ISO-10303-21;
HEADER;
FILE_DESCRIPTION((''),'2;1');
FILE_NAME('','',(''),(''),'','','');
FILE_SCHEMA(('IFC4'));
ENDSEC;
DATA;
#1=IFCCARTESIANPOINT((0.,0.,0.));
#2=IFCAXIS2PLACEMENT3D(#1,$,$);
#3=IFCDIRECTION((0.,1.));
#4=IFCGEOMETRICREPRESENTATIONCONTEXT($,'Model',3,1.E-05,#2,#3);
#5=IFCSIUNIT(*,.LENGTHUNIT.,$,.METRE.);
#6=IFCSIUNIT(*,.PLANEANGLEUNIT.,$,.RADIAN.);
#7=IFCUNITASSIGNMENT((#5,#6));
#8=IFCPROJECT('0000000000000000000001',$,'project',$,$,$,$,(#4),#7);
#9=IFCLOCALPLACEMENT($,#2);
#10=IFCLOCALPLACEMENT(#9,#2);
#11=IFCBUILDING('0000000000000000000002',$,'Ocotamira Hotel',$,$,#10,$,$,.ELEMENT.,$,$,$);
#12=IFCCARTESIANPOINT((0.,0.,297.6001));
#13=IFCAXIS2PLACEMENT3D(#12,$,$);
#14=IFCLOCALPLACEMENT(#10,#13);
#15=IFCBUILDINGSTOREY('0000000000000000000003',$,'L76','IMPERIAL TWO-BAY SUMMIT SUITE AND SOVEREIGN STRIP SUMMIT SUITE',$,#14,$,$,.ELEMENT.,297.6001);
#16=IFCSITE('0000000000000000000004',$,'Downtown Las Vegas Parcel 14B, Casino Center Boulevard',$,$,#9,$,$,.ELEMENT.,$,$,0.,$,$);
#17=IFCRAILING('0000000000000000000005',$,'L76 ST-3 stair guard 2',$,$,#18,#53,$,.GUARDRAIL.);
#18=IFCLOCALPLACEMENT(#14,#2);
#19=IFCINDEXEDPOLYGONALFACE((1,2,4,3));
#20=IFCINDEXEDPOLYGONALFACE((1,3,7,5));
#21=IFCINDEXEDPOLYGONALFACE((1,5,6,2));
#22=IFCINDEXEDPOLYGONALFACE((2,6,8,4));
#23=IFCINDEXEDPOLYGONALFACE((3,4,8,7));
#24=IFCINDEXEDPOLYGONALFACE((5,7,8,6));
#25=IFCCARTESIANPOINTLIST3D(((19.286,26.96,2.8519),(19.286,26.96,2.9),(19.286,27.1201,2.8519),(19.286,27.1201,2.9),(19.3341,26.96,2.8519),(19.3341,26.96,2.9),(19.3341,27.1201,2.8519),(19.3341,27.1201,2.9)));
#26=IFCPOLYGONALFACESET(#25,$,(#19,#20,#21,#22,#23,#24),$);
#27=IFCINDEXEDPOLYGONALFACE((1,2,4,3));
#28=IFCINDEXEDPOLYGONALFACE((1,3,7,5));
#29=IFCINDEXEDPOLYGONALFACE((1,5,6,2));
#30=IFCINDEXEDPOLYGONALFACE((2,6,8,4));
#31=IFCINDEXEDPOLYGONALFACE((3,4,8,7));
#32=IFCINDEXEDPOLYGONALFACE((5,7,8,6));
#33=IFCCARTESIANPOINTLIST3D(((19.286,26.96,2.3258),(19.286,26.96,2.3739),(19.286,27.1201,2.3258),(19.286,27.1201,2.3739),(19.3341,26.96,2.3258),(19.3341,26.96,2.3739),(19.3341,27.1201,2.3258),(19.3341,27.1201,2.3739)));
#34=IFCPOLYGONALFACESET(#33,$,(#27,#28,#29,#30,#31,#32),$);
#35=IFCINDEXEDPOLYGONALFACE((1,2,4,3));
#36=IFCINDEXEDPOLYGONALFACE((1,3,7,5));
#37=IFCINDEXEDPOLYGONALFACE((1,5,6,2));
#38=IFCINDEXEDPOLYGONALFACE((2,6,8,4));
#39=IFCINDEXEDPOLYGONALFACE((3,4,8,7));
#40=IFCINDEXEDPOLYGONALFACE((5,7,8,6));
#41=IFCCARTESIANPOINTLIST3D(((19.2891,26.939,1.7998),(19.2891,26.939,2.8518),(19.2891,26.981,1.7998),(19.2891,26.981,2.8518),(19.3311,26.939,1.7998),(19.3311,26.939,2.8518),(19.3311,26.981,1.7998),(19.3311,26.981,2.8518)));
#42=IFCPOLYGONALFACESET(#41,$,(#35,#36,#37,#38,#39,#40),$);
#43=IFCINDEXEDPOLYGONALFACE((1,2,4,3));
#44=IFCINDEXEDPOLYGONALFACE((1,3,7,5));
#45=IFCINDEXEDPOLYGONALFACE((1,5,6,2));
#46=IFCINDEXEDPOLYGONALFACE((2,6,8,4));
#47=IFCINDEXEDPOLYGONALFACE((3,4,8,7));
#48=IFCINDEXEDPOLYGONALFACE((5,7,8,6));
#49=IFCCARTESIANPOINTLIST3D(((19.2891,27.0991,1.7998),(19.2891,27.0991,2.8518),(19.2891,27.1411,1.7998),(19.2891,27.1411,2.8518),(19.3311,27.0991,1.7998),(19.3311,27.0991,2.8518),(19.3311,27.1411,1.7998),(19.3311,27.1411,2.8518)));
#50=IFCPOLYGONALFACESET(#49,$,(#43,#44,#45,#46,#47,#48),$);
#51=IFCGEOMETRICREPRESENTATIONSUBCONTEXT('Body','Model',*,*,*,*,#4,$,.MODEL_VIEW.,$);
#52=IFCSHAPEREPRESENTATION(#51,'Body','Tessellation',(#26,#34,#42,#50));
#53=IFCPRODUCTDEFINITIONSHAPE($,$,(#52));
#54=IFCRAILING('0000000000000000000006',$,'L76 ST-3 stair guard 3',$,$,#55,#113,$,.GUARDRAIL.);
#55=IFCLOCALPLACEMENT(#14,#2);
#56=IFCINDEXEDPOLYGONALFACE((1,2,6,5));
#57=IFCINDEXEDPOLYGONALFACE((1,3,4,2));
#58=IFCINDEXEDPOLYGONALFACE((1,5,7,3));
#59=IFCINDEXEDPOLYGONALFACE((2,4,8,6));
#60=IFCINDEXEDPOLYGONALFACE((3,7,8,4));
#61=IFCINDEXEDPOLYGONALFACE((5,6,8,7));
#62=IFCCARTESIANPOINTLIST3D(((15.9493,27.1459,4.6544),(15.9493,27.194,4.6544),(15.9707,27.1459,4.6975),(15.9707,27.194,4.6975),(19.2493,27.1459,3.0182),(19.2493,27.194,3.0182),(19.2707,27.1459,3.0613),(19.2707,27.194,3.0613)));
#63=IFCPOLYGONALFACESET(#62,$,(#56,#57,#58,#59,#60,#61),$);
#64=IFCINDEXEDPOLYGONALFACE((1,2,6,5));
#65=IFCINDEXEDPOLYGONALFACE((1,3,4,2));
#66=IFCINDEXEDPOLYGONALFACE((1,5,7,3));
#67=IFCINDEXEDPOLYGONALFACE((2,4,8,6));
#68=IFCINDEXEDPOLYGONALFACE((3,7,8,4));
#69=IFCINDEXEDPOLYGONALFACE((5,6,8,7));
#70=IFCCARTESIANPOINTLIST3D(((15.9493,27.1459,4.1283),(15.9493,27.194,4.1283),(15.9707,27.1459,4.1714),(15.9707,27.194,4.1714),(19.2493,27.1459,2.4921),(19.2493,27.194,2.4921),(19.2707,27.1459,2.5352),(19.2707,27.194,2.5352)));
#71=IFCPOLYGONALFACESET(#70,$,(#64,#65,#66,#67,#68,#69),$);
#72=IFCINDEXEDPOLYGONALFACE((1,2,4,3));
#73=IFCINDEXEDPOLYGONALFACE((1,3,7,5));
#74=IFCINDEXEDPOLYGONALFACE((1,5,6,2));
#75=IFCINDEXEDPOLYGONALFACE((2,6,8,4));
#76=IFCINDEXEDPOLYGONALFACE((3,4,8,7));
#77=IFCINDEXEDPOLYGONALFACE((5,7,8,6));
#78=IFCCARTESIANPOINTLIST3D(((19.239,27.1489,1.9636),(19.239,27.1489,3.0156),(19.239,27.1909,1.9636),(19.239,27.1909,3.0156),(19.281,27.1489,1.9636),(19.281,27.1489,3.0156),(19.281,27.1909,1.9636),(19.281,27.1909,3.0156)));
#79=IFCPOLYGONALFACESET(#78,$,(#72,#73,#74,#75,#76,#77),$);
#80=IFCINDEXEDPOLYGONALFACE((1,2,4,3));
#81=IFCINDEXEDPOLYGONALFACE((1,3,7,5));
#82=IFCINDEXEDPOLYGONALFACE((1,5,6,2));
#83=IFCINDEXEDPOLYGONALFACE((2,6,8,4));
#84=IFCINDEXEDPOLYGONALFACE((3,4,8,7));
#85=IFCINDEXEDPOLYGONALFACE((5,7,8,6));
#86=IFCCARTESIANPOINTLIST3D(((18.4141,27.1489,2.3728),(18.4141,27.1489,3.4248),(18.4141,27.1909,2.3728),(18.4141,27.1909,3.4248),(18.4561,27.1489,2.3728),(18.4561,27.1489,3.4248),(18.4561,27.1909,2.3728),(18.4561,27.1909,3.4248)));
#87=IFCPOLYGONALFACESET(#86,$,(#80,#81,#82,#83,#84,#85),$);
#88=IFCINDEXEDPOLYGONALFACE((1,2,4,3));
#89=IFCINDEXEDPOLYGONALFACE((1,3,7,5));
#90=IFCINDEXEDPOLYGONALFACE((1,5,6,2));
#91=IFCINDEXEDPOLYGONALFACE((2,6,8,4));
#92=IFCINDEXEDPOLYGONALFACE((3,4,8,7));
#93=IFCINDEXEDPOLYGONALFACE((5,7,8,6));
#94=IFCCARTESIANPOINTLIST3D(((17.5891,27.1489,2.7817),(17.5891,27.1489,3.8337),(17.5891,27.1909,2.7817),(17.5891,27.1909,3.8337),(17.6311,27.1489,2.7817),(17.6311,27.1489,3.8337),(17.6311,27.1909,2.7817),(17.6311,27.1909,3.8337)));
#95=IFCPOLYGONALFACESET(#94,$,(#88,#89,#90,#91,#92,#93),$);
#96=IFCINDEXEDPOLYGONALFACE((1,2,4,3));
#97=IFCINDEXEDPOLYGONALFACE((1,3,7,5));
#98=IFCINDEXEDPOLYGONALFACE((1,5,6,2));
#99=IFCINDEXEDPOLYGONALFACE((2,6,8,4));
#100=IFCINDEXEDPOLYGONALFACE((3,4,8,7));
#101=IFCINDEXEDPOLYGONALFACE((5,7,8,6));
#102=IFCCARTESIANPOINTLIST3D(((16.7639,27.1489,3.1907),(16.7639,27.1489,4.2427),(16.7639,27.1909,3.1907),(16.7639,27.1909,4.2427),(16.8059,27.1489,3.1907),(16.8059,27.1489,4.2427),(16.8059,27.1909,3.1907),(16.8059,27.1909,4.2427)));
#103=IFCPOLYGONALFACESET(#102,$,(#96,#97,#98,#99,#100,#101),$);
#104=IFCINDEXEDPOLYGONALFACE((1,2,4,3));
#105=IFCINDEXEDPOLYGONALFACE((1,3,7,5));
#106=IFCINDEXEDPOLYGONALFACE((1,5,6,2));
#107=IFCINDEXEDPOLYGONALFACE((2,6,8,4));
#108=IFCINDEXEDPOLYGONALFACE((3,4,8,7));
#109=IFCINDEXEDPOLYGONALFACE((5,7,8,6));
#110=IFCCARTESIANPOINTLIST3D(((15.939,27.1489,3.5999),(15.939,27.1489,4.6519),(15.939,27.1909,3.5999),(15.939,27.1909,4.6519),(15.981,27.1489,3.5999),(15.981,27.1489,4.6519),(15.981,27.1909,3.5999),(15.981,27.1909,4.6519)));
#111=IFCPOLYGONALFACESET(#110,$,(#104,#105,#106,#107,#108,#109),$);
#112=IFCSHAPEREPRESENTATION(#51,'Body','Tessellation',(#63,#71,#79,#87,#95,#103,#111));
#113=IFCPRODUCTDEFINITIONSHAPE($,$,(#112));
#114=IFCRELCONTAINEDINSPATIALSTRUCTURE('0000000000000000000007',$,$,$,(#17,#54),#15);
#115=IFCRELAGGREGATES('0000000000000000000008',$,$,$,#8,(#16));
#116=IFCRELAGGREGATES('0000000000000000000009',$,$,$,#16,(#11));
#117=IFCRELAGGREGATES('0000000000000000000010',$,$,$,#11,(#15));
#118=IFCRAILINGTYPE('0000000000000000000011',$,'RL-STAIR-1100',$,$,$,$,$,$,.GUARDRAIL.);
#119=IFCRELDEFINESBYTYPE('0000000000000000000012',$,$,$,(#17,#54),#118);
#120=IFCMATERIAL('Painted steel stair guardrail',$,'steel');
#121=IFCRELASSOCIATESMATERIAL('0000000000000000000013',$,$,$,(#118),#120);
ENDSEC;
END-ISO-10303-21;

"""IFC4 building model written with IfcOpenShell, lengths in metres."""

from ifc_helpers import new_model, si_unit, direction, frame, origin, origin_2d, place, context, subcontext, project, spatial, rectangle, extrude, material, type_object, element, save


model = new_model("IFC4")

# Units and contexts
model_context = context("Model", 3, precision=1e-05, world=origin(), true_north=direction((0.0, 1.0)))
body_context = subcontext(model_context, "Body", "Model", "MODEL_VIEW")
ifc_project = project(units=[si_unit("LENGTHUNIT", "METRE"), si_unit("PLANEANGLEUNIT", "RADIAN")], contexts=[model_context])

# Site, building, storey
site_placement = place(None, origin())
site = spatial("IfcSite", under=ifc_project, at=site_placement, Name="Downtown Las Vegas Parcel 14B, Casino Center Boulevard", CompositionType="ELEMENT", RefElevation=0.0)
building_placement = place(site_placement, origin())
building = spatial("IfcBuilding", under=site, at=building_placement, Name="Ocotamira Hotel", CompositionType="ELEMENT")
storey_placement = place(building_placement, frame((0.0, 0.0, 297.6001)))
storey = spatial("IfcBuildingStorey", under=building, at=storey_placement, Name="L76", Description="IMPERIAL TWO-BAY SUMMIT SUITE AND SOVEREIGN STRIP SUMMIT SUITE", CompositionType="ELEMENT", Elevation=297.6001)

# Railings
ifc_material_1 = material(Name="Painted steel stair guardrail", Category="steel")
railing_type_1 = type_object("IfcRailingType", Name="RL-STAIR-1100", PredefinedType="GUARDRAIL", material=ifc_material_1)
railing_1_placement = place(storey_placement, frame((19.3101, 26.96, 1.7998)))
element("IfcRailing", 1, at=railing_1_placement, inside=storey, type_object=railing_type_1, Name="L76 ST-3 stair guard 2", PredefinedType="GUARDRAIL", context=body_context, shape_type="SweptSolid", body=[
    extrude(rectangle(XDim=0.0481, YDim=0.0481, at=origin_2d()), frame((0.0, 0.0, 1.0762), z_axis=(0.0, 1.0, 0.0), x_axis=(-1.0, 0.0, 0.0)), (0.0, 0.0, 1.0), 0.1602),
    extrude(rectangle(XDim=0.0481, YDim=0.0481, at=origin_2d()), frame((0.0, 0.0, 0.55), z_axis=(0.0, 1.0, 0.0), x_axis=(-1.0, 0.0, 0.0)), (0.0, 0.0, 1.0), 0.1602),
    extrude(rectangle(XDim=0.042, YDim=0.042, at=origin_2d()), origin(), (0.0, 0.0, 1.0), 1.052),
    extrude(rectangle(XDim=0.042, YDim=0.042, at=origin_2d()), frame((0.0, 0.1602, 0.0)), (0.0, 0.0, 1.0), 1.052),
])
railing_2_placement = place(storey_placement, frame((19.26, 27.1699, 1.9636)))
element("IfcRailing", 2, at=railing_2_placement, inside=storey, type_object=railing_type_1, Name="L76 ST-3 stair guard 3", PredefinedType="GUARDRAIL", context=body_context, shape_type="SweptSolid", body=[
    extrude(rectangle(XDim=0.0481, YDim=0.0481, at=origin_2d()), frame((0.0, 0.0, 1.0762), z_axis=(-0.89592, 0.0, 0.444215), x_axis=(0.0, -1.0, 0.0)), (0.0, 0.0, 1.0), 3.6833),
    extrude(rectangle(XDim=0.0481, YDim=0.0481, at=origin_2d()), frame((0.0, 0.0, 0.55), z_axis=(-0.89592, 0.0, 0.444215), x_axis=(0.0, -1.0, 0.0)), (0.0, 0.0, 1.0), 3.6833),
    extrude(rectangle(XDim=0.042, YDim=0.042, at=origin_2d()), origin(), (0.0, 0.0, 1.0), 1.052),
    extrude(rectangle(XDim=0.042, YDim=0.042, at=origin_2d()), frame((-0.825, 0.0, 0.4092)), (0.0, 0.0, 1.0), 1.052),
    extrude(rectangle(XDim=0.042, YDim=0.042, at=origin_2d()), frame((-1.6499, 0.0, 0.8181)), (0.0, 0.0, 1.0), 1.052),
    extrude(rectangle(XDim=0.042, YDim=0.042, at=origin_2d()), frame((-2.4751, 0.0, 1.2271)), (0.0, 0.0, 1.0), 1.052),
    extrude(rectangle(XDim=0.042, YDim=0.042, at=origin_2d()), frame((-3.3, 0.0, 1.6362)), (0.0, 0.0, 1.0), 1.052),
])

save(model, "model.ifc")
